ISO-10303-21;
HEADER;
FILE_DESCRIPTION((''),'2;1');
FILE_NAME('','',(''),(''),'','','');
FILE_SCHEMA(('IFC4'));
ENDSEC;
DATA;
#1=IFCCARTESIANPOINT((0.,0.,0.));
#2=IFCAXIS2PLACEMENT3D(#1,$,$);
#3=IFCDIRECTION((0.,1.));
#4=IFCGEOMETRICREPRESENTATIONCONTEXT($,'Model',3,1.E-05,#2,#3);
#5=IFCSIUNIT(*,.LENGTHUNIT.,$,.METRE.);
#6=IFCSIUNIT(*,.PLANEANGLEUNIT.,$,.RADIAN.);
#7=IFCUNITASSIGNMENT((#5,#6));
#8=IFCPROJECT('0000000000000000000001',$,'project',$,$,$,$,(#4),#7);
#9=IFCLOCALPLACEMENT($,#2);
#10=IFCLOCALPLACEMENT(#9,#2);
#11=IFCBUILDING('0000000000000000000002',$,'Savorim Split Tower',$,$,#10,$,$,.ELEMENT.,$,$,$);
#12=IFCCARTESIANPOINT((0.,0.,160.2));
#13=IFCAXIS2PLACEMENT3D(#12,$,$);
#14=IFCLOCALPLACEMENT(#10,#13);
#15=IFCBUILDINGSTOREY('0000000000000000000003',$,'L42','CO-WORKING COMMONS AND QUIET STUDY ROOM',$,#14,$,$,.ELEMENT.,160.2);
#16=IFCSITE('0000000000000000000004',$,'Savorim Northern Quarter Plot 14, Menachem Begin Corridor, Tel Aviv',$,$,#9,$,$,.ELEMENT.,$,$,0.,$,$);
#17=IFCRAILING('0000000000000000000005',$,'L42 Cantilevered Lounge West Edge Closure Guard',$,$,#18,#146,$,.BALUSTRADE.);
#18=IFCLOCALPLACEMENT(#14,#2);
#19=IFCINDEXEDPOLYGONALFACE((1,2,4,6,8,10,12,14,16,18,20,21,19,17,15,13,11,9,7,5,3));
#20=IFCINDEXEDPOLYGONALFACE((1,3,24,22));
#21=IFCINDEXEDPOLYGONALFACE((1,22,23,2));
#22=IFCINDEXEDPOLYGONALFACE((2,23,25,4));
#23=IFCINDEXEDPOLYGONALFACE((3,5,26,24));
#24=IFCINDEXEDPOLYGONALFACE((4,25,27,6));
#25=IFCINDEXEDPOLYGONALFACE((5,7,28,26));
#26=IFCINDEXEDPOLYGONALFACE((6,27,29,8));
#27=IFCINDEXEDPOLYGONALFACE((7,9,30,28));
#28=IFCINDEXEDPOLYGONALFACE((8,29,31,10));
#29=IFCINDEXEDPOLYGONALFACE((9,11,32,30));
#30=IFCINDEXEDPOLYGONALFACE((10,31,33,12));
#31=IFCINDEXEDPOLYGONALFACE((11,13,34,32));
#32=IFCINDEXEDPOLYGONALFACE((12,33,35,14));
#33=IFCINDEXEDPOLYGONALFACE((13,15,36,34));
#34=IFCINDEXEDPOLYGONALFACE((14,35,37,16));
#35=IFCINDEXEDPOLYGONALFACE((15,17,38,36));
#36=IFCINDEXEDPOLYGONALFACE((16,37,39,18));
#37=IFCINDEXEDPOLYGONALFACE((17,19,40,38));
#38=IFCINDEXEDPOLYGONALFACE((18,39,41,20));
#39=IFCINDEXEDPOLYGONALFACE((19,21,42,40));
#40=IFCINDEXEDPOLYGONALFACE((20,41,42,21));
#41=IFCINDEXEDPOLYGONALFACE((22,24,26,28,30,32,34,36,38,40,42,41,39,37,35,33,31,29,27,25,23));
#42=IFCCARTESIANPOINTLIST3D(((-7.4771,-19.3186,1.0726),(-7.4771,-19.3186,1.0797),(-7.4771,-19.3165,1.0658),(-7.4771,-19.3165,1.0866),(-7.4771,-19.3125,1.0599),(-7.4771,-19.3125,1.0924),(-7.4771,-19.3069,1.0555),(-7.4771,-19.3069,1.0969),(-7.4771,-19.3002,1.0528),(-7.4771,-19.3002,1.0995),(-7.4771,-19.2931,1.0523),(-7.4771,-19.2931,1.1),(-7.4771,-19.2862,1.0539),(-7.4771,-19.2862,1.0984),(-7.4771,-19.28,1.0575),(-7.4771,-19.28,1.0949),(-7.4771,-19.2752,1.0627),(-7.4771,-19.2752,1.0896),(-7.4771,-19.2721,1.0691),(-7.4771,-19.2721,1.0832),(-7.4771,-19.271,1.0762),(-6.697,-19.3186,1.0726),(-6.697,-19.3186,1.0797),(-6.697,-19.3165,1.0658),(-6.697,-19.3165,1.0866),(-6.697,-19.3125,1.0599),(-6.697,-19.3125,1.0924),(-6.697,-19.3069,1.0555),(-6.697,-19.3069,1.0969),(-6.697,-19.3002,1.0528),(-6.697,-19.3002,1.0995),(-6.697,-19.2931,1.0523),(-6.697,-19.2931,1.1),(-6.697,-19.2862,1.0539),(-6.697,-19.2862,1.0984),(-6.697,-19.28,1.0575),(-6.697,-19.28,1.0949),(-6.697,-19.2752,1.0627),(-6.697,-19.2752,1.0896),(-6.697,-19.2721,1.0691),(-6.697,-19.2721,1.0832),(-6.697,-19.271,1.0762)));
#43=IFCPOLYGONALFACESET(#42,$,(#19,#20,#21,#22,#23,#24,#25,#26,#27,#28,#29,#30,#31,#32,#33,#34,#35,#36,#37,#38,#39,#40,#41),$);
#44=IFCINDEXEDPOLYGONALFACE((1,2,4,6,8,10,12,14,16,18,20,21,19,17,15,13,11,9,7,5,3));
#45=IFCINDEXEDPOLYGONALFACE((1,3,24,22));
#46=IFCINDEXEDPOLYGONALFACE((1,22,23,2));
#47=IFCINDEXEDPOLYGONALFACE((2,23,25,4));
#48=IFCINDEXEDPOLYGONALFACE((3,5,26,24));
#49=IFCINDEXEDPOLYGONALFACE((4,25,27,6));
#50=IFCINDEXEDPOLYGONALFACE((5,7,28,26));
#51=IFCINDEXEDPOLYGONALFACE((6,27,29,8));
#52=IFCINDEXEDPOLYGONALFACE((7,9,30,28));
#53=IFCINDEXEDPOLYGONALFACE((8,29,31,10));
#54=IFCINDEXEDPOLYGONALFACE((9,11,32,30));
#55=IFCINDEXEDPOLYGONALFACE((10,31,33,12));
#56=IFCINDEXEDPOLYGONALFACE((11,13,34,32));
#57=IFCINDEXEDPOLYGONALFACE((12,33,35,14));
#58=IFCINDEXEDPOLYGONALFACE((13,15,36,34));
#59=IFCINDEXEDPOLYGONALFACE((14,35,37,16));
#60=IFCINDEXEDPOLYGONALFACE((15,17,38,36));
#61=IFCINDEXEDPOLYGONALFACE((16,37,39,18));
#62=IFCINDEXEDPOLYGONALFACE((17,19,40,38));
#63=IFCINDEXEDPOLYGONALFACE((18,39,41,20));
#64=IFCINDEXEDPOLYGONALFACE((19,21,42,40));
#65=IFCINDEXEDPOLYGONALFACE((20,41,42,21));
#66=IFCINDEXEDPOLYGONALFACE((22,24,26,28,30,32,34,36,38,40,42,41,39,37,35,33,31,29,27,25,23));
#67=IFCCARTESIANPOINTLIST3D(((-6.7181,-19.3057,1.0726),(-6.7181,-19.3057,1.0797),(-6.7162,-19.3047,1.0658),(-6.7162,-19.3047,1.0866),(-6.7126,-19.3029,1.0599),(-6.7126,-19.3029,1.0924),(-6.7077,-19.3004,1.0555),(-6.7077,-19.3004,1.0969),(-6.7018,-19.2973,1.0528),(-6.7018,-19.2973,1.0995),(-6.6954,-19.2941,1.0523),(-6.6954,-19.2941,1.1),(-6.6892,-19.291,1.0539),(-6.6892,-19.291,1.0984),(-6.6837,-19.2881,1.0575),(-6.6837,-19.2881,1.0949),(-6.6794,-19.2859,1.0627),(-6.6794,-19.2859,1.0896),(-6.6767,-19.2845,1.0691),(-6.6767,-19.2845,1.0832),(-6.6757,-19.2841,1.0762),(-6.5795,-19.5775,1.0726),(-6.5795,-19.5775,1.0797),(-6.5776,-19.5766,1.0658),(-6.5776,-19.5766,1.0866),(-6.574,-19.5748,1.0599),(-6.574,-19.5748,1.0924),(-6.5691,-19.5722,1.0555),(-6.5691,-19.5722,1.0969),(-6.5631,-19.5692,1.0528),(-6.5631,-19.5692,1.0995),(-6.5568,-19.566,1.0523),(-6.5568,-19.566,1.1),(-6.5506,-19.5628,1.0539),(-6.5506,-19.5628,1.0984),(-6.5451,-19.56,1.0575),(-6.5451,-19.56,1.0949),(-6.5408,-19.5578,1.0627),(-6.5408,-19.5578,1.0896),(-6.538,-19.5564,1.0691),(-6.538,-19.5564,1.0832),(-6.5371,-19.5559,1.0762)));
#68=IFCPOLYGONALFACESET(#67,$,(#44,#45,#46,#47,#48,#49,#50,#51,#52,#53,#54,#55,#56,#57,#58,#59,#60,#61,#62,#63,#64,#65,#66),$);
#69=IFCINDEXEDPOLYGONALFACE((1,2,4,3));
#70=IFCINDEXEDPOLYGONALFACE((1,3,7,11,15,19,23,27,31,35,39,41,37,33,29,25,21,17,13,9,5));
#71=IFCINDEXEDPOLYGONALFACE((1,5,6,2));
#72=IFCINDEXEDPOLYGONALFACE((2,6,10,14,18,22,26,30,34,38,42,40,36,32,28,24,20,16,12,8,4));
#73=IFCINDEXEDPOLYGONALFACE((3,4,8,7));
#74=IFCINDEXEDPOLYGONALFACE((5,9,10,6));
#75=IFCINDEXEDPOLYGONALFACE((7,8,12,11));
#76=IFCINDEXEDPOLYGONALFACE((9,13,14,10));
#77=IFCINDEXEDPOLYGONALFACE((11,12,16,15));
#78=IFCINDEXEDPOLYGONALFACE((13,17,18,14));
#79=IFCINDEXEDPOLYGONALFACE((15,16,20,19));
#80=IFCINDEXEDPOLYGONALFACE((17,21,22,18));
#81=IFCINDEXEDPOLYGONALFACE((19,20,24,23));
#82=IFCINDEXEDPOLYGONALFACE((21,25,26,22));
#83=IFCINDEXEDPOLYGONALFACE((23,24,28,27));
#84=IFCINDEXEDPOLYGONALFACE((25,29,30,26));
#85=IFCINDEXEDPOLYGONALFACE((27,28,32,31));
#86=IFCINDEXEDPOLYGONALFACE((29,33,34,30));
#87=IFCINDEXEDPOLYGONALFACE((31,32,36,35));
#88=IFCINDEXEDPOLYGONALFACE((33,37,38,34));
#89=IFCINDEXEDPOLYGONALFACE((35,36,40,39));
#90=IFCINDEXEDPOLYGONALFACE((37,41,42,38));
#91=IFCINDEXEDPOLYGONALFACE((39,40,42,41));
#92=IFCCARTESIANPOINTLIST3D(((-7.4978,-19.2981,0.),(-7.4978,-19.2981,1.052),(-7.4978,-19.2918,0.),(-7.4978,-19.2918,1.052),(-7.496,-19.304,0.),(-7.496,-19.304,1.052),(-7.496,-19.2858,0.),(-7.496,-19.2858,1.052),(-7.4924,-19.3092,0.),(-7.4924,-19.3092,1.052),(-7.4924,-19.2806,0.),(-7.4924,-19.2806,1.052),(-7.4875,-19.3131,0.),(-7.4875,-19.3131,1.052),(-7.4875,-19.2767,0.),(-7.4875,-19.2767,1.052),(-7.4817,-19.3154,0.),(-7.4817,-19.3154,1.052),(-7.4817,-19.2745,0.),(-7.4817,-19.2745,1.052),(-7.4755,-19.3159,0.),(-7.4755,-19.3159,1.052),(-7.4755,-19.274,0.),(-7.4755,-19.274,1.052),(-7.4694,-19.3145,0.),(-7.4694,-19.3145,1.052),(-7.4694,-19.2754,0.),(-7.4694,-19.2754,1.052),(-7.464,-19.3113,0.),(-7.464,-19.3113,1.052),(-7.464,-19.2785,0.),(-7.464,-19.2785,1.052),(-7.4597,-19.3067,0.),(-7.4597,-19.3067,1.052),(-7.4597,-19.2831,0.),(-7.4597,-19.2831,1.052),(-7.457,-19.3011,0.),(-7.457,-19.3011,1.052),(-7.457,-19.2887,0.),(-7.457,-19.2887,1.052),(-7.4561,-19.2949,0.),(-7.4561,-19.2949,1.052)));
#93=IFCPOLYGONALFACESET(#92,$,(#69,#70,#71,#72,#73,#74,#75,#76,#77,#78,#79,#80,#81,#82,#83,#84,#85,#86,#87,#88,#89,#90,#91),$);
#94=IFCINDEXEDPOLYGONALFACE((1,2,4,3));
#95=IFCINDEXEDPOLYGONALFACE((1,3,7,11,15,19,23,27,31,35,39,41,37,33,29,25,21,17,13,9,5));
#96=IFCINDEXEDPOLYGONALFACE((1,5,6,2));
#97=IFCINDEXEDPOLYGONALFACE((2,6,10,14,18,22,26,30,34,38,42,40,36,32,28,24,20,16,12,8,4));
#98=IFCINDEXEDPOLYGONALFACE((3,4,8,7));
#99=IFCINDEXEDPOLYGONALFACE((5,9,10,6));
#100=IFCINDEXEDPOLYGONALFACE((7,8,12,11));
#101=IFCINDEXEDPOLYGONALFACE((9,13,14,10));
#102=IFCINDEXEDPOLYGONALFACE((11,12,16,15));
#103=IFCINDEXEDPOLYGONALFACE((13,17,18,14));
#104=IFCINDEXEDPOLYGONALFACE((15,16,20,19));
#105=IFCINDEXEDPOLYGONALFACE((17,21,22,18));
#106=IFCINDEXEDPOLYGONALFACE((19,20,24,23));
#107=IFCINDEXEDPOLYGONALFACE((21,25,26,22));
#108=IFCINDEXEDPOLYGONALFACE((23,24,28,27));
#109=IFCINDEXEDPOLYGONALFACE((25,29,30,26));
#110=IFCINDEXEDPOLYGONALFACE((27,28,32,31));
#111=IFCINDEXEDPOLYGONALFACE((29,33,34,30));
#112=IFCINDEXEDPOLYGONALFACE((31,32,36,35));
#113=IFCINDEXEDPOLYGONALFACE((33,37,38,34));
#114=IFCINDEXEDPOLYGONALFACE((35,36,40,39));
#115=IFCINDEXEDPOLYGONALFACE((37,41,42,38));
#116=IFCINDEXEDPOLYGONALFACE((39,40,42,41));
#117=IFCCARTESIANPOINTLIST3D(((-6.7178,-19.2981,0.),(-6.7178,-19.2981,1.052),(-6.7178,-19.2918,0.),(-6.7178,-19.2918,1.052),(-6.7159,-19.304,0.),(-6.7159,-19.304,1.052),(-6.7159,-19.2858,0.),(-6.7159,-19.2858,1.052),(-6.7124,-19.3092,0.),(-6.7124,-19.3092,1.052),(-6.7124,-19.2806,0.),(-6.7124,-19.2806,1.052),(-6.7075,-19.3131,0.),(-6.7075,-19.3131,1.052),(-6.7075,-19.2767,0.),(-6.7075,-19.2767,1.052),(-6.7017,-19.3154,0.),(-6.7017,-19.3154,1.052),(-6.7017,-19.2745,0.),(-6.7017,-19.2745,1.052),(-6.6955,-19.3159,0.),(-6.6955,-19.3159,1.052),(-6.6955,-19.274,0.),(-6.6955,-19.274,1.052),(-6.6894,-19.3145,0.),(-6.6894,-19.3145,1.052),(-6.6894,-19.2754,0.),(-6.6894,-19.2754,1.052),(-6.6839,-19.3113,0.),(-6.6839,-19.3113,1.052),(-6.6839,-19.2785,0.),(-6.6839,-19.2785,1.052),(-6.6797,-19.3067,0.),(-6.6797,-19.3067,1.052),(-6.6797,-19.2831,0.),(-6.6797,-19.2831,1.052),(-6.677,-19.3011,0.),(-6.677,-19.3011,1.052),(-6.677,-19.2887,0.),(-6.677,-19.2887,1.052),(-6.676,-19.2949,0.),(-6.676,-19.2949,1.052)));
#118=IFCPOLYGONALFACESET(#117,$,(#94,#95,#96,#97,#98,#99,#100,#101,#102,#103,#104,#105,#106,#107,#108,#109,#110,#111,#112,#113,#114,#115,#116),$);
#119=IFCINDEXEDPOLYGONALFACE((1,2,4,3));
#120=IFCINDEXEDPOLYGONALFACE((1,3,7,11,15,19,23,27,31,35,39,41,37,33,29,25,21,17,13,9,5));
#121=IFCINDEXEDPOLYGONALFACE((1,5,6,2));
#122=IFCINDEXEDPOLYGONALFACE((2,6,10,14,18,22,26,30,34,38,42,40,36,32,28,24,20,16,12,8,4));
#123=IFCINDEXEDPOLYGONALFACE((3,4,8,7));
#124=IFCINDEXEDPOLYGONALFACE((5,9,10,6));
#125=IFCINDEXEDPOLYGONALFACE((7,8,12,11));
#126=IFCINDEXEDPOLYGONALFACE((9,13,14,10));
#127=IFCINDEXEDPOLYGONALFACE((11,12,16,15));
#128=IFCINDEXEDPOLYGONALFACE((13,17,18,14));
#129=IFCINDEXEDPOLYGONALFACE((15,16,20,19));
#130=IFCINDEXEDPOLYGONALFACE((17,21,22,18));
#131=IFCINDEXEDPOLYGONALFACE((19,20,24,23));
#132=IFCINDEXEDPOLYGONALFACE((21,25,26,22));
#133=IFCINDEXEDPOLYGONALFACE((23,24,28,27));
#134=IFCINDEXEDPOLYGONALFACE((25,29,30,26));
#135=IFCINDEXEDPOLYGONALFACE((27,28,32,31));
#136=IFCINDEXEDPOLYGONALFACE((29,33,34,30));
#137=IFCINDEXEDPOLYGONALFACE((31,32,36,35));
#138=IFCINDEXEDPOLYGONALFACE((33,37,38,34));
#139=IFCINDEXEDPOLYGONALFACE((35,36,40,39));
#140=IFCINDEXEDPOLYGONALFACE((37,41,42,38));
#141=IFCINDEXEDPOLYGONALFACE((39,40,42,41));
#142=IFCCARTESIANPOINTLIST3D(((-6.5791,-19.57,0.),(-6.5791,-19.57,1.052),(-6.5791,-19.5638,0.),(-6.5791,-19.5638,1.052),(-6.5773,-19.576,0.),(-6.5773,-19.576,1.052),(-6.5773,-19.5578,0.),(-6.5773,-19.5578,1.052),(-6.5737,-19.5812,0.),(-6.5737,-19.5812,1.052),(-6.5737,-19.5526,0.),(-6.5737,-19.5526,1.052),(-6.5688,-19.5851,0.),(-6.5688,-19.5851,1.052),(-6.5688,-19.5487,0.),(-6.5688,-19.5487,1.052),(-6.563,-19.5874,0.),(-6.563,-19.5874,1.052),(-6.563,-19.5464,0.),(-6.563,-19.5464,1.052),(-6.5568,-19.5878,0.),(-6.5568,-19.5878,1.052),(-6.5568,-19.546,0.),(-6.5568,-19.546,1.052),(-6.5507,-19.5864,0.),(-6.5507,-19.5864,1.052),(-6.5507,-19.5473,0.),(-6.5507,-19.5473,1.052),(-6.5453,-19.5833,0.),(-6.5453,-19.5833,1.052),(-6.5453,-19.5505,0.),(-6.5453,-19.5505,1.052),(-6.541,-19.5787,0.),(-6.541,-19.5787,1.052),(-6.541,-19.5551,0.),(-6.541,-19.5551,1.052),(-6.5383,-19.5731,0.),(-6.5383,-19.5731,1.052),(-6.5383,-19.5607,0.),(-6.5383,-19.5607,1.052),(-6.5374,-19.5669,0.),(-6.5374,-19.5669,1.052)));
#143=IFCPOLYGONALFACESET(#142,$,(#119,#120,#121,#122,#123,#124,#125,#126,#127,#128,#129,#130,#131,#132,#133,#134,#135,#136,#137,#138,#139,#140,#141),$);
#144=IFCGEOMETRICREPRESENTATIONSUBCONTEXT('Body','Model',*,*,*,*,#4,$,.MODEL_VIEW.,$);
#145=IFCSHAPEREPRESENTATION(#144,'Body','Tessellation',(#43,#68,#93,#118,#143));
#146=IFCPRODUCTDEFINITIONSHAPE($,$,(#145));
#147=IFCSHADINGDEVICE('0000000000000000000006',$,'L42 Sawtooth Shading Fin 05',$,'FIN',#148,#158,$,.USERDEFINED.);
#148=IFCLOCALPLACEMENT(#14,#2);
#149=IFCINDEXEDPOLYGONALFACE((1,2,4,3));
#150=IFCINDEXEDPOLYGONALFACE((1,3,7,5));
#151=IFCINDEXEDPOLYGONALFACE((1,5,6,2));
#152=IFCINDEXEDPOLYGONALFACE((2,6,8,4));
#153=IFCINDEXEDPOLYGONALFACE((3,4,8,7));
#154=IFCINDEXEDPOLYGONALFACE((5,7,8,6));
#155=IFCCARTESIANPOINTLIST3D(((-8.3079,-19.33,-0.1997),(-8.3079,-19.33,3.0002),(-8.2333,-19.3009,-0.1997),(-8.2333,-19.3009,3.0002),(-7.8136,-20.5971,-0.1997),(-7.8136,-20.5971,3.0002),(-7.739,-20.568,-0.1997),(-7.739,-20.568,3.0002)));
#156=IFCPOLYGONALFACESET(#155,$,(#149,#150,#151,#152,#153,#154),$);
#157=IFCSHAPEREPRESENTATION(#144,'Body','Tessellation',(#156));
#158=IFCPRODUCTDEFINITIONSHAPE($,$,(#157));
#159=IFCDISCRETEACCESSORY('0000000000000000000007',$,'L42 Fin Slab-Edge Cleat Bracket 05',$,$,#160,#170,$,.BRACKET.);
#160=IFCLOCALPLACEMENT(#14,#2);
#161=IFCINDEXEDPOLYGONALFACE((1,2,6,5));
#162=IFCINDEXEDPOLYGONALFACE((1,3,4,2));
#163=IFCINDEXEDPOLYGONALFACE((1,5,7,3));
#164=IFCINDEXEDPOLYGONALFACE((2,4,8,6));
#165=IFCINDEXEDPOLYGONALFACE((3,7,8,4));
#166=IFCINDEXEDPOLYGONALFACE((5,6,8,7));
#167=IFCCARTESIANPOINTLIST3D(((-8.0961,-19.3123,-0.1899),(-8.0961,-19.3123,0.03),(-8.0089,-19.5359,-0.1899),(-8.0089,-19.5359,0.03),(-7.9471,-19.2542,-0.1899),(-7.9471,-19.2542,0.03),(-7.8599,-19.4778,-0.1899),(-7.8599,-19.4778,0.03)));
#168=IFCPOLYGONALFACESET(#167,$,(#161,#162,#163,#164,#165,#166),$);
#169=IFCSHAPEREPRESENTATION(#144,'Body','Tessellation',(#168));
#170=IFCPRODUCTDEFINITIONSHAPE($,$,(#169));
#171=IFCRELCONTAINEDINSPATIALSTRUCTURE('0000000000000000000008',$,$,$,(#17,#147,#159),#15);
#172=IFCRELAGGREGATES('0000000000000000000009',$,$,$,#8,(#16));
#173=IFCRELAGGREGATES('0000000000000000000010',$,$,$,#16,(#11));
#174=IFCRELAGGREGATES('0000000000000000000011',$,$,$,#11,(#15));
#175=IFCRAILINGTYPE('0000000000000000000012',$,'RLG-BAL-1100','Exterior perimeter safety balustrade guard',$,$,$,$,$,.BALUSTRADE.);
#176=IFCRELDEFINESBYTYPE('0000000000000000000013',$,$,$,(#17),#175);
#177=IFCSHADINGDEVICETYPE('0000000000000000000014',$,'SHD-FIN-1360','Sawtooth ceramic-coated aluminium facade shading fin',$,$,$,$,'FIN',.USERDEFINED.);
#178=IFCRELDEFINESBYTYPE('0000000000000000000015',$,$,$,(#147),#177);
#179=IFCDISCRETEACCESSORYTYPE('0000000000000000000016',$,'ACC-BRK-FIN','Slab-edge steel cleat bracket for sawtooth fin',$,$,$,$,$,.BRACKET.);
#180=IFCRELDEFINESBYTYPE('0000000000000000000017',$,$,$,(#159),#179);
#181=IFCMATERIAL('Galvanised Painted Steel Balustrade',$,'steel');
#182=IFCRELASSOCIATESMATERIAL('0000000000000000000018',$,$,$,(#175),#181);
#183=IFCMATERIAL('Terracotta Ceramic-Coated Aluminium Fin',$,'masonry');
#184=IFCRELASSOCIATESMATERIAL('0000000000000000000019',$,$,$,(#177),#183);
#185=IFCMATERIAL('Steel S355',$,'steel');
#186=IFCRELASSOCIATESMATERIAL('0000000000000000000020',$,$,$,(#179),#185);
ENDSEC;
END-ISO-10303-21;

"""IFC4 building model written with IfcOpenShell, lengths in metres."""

from ifc_helpers import new_model, si_unit, direction, frame, origin, origin_2d, place, context, subcontext, project, spatial, rectangle, circle, extrude, material, type_object, element, save


model = new_model("IFC4")

# Units and contexts
model_context = context("Model", 3, precision=1e-05, world=origin(), true_north=direction((0.0, 1.0)))
body_context = subcontext(model_context, "Body", "Model", "MODEL_VIEW")
ifc_project = project(units=[si_unit("LENGTHUNIT", "METRE"), si_unit("PLANEANGLEUNIT", "RADIAN")], contexts=[model_context])

# Site, building, storey
site_placement = place(None, origin())
site = spatial("IfcSite", under=ifc_project, at=site_placement, Name="Savorim Northern Quarter Plot 14, Menachem Begin Corridor, Tel Aviv", CompositionType="ELEMENT", RefElevation=0.0)
building_placement = place(site_placement, origin())
building = spatial("IfcBuilding", under=site, at=building_placement, Name="Savorim Split Tower", CompositionType="ELEMENT")
storey_placement = place(building_placement, frame((0.0, 0.0, 160.2)))
storey = spatial("IfcBuildingStorey", under=building, at=storey_placement, Name="L42", Description="CO-WORKING COMMONS AND QUIET STUDY ROOM", CompositionType="ELEMENT", Elevation=160.2)

# Shared definitions
ifc_material_1 = material(Name="Steel S355", Category="steel")

# Railing
ifc_material_2 = material(Name="Galvanised Painted Steel Balustrade", Category="steel")
railing_type = type_object("IfcRailingType", Name="RLG-BAL-1100", Description="Exterior perimeter safety balustrade guard", PredefinedType="BALUSTRADE", material=ifc_material_2)
railing_placement = place(storey_placement, frame((-7.4771, -19.2949, 0.0)))
element("IfcRailing", 1, at=railing_placement, inside=storey, type_object=railing_type, Name="L42 Cantilevered Lounge West Edge Closure Guard", PredefinedType="BALUSTRADE", context=body_context, shape_type="SweptSolid", body=[
    extrude(circle(Radius=0.0239, at=origin_2d()), frame((0.0, 0.0, 1.0762), z_axis=(1.0, 0.0, 0.0), x_axis=(0.0, 1.0, 0.0)), (0.0, 0.0, 1.0), 0.78),
    extrude(circle(Radius=0.0239, at=origin_2d()), frame((0.78, 0.0, 1.0762), z_axis=(0.454237, -0.890881, 0.0), x_axis=(0.890881, 0.454237, 0.0)), (0.0, 0.0, 1.0), 0.3052),
    extrude(circle(Radius=0.021, at=origin_2d()), origin(), (0.0, 0.0, 1.0), 1.052),
    extrude(circle(Radius=0.021, at=origin_2d()), frame((0.78, 0.0, 0.0)), (0.0, 0.0, 1.0), 1.052),
    extrude(circle(Radius=0.021, at=origin_2d()), frame((0.9187, -0.272, 0.0)), (0.0, 0.0, 1.0), 1.052),
])

# Shading device
ifc_material_3 = material(Name="Terracotta Ceramic-Coated Aluminium Fin", Category="masonry")
shading_device_type = type_object("IfcShadingDeviceType", Name="SHD-FIN-1360", Description="Sawtooth ceramic-coated aluminium facade shading fin", ElementType="FIN", PredefinedType="USERDEFINED", material=ifc_material_3)
shading_device_placement = place(storey_placement, frame((-8.0234, -19.949, -0.1997), z_axis=(0.0, 0.0, 1.0), x_axis=(0.363415, -0.931627, 0.0)))
element("IfcShadingDevice", 2, at=shading_device_placement, inside=storey, type_object=shading_device_type, Name="L42 Sawtooth Shading Fin 05", ObjectType="FIN", PredefinedType="USERDEFINED", context=body_context, shape_type="SweptSolid", body=[
    extrude(rectangle(XDim=1.3601, YDim=0.0801, at=origin_2d()), origin(), (0.0, 0.0, 1.0), 3.2),
])

# Discrete accessory
discrete_accessory_type = type_object("IfcDiscreteAccessoryType", Name="ACC-BRK-FIN", Description="Slab-edge steel cleat bracket for sawtooth fin", PredefinedType="BRACKET", material=ifc_material_1)
discrete_accessory_placement = place(storey_placement, frame((-7.978, -19.395, -0.1899), z_axis=(0.0, 0.0, 1.0), x_axis=(0.363415, -0.931627, 0.0)))
element("IfcDiscreteAccessory", 3, at=discrete_accessory_placement, inside=storey, type_object=discrete_accessory_type, Name="L42 Fin Slab-Edge Cleat Bracket 05", PredefinedType="BRACKET", context=body_context, shape_type="SweptSolid", body=[
    extrude(rectangle(XDim=0.24, YDim=0.1599, at=origin_2d()), origin(), (0.0, 0.0, 1.0), 0.22),
])

save(model, "model.ifc")
